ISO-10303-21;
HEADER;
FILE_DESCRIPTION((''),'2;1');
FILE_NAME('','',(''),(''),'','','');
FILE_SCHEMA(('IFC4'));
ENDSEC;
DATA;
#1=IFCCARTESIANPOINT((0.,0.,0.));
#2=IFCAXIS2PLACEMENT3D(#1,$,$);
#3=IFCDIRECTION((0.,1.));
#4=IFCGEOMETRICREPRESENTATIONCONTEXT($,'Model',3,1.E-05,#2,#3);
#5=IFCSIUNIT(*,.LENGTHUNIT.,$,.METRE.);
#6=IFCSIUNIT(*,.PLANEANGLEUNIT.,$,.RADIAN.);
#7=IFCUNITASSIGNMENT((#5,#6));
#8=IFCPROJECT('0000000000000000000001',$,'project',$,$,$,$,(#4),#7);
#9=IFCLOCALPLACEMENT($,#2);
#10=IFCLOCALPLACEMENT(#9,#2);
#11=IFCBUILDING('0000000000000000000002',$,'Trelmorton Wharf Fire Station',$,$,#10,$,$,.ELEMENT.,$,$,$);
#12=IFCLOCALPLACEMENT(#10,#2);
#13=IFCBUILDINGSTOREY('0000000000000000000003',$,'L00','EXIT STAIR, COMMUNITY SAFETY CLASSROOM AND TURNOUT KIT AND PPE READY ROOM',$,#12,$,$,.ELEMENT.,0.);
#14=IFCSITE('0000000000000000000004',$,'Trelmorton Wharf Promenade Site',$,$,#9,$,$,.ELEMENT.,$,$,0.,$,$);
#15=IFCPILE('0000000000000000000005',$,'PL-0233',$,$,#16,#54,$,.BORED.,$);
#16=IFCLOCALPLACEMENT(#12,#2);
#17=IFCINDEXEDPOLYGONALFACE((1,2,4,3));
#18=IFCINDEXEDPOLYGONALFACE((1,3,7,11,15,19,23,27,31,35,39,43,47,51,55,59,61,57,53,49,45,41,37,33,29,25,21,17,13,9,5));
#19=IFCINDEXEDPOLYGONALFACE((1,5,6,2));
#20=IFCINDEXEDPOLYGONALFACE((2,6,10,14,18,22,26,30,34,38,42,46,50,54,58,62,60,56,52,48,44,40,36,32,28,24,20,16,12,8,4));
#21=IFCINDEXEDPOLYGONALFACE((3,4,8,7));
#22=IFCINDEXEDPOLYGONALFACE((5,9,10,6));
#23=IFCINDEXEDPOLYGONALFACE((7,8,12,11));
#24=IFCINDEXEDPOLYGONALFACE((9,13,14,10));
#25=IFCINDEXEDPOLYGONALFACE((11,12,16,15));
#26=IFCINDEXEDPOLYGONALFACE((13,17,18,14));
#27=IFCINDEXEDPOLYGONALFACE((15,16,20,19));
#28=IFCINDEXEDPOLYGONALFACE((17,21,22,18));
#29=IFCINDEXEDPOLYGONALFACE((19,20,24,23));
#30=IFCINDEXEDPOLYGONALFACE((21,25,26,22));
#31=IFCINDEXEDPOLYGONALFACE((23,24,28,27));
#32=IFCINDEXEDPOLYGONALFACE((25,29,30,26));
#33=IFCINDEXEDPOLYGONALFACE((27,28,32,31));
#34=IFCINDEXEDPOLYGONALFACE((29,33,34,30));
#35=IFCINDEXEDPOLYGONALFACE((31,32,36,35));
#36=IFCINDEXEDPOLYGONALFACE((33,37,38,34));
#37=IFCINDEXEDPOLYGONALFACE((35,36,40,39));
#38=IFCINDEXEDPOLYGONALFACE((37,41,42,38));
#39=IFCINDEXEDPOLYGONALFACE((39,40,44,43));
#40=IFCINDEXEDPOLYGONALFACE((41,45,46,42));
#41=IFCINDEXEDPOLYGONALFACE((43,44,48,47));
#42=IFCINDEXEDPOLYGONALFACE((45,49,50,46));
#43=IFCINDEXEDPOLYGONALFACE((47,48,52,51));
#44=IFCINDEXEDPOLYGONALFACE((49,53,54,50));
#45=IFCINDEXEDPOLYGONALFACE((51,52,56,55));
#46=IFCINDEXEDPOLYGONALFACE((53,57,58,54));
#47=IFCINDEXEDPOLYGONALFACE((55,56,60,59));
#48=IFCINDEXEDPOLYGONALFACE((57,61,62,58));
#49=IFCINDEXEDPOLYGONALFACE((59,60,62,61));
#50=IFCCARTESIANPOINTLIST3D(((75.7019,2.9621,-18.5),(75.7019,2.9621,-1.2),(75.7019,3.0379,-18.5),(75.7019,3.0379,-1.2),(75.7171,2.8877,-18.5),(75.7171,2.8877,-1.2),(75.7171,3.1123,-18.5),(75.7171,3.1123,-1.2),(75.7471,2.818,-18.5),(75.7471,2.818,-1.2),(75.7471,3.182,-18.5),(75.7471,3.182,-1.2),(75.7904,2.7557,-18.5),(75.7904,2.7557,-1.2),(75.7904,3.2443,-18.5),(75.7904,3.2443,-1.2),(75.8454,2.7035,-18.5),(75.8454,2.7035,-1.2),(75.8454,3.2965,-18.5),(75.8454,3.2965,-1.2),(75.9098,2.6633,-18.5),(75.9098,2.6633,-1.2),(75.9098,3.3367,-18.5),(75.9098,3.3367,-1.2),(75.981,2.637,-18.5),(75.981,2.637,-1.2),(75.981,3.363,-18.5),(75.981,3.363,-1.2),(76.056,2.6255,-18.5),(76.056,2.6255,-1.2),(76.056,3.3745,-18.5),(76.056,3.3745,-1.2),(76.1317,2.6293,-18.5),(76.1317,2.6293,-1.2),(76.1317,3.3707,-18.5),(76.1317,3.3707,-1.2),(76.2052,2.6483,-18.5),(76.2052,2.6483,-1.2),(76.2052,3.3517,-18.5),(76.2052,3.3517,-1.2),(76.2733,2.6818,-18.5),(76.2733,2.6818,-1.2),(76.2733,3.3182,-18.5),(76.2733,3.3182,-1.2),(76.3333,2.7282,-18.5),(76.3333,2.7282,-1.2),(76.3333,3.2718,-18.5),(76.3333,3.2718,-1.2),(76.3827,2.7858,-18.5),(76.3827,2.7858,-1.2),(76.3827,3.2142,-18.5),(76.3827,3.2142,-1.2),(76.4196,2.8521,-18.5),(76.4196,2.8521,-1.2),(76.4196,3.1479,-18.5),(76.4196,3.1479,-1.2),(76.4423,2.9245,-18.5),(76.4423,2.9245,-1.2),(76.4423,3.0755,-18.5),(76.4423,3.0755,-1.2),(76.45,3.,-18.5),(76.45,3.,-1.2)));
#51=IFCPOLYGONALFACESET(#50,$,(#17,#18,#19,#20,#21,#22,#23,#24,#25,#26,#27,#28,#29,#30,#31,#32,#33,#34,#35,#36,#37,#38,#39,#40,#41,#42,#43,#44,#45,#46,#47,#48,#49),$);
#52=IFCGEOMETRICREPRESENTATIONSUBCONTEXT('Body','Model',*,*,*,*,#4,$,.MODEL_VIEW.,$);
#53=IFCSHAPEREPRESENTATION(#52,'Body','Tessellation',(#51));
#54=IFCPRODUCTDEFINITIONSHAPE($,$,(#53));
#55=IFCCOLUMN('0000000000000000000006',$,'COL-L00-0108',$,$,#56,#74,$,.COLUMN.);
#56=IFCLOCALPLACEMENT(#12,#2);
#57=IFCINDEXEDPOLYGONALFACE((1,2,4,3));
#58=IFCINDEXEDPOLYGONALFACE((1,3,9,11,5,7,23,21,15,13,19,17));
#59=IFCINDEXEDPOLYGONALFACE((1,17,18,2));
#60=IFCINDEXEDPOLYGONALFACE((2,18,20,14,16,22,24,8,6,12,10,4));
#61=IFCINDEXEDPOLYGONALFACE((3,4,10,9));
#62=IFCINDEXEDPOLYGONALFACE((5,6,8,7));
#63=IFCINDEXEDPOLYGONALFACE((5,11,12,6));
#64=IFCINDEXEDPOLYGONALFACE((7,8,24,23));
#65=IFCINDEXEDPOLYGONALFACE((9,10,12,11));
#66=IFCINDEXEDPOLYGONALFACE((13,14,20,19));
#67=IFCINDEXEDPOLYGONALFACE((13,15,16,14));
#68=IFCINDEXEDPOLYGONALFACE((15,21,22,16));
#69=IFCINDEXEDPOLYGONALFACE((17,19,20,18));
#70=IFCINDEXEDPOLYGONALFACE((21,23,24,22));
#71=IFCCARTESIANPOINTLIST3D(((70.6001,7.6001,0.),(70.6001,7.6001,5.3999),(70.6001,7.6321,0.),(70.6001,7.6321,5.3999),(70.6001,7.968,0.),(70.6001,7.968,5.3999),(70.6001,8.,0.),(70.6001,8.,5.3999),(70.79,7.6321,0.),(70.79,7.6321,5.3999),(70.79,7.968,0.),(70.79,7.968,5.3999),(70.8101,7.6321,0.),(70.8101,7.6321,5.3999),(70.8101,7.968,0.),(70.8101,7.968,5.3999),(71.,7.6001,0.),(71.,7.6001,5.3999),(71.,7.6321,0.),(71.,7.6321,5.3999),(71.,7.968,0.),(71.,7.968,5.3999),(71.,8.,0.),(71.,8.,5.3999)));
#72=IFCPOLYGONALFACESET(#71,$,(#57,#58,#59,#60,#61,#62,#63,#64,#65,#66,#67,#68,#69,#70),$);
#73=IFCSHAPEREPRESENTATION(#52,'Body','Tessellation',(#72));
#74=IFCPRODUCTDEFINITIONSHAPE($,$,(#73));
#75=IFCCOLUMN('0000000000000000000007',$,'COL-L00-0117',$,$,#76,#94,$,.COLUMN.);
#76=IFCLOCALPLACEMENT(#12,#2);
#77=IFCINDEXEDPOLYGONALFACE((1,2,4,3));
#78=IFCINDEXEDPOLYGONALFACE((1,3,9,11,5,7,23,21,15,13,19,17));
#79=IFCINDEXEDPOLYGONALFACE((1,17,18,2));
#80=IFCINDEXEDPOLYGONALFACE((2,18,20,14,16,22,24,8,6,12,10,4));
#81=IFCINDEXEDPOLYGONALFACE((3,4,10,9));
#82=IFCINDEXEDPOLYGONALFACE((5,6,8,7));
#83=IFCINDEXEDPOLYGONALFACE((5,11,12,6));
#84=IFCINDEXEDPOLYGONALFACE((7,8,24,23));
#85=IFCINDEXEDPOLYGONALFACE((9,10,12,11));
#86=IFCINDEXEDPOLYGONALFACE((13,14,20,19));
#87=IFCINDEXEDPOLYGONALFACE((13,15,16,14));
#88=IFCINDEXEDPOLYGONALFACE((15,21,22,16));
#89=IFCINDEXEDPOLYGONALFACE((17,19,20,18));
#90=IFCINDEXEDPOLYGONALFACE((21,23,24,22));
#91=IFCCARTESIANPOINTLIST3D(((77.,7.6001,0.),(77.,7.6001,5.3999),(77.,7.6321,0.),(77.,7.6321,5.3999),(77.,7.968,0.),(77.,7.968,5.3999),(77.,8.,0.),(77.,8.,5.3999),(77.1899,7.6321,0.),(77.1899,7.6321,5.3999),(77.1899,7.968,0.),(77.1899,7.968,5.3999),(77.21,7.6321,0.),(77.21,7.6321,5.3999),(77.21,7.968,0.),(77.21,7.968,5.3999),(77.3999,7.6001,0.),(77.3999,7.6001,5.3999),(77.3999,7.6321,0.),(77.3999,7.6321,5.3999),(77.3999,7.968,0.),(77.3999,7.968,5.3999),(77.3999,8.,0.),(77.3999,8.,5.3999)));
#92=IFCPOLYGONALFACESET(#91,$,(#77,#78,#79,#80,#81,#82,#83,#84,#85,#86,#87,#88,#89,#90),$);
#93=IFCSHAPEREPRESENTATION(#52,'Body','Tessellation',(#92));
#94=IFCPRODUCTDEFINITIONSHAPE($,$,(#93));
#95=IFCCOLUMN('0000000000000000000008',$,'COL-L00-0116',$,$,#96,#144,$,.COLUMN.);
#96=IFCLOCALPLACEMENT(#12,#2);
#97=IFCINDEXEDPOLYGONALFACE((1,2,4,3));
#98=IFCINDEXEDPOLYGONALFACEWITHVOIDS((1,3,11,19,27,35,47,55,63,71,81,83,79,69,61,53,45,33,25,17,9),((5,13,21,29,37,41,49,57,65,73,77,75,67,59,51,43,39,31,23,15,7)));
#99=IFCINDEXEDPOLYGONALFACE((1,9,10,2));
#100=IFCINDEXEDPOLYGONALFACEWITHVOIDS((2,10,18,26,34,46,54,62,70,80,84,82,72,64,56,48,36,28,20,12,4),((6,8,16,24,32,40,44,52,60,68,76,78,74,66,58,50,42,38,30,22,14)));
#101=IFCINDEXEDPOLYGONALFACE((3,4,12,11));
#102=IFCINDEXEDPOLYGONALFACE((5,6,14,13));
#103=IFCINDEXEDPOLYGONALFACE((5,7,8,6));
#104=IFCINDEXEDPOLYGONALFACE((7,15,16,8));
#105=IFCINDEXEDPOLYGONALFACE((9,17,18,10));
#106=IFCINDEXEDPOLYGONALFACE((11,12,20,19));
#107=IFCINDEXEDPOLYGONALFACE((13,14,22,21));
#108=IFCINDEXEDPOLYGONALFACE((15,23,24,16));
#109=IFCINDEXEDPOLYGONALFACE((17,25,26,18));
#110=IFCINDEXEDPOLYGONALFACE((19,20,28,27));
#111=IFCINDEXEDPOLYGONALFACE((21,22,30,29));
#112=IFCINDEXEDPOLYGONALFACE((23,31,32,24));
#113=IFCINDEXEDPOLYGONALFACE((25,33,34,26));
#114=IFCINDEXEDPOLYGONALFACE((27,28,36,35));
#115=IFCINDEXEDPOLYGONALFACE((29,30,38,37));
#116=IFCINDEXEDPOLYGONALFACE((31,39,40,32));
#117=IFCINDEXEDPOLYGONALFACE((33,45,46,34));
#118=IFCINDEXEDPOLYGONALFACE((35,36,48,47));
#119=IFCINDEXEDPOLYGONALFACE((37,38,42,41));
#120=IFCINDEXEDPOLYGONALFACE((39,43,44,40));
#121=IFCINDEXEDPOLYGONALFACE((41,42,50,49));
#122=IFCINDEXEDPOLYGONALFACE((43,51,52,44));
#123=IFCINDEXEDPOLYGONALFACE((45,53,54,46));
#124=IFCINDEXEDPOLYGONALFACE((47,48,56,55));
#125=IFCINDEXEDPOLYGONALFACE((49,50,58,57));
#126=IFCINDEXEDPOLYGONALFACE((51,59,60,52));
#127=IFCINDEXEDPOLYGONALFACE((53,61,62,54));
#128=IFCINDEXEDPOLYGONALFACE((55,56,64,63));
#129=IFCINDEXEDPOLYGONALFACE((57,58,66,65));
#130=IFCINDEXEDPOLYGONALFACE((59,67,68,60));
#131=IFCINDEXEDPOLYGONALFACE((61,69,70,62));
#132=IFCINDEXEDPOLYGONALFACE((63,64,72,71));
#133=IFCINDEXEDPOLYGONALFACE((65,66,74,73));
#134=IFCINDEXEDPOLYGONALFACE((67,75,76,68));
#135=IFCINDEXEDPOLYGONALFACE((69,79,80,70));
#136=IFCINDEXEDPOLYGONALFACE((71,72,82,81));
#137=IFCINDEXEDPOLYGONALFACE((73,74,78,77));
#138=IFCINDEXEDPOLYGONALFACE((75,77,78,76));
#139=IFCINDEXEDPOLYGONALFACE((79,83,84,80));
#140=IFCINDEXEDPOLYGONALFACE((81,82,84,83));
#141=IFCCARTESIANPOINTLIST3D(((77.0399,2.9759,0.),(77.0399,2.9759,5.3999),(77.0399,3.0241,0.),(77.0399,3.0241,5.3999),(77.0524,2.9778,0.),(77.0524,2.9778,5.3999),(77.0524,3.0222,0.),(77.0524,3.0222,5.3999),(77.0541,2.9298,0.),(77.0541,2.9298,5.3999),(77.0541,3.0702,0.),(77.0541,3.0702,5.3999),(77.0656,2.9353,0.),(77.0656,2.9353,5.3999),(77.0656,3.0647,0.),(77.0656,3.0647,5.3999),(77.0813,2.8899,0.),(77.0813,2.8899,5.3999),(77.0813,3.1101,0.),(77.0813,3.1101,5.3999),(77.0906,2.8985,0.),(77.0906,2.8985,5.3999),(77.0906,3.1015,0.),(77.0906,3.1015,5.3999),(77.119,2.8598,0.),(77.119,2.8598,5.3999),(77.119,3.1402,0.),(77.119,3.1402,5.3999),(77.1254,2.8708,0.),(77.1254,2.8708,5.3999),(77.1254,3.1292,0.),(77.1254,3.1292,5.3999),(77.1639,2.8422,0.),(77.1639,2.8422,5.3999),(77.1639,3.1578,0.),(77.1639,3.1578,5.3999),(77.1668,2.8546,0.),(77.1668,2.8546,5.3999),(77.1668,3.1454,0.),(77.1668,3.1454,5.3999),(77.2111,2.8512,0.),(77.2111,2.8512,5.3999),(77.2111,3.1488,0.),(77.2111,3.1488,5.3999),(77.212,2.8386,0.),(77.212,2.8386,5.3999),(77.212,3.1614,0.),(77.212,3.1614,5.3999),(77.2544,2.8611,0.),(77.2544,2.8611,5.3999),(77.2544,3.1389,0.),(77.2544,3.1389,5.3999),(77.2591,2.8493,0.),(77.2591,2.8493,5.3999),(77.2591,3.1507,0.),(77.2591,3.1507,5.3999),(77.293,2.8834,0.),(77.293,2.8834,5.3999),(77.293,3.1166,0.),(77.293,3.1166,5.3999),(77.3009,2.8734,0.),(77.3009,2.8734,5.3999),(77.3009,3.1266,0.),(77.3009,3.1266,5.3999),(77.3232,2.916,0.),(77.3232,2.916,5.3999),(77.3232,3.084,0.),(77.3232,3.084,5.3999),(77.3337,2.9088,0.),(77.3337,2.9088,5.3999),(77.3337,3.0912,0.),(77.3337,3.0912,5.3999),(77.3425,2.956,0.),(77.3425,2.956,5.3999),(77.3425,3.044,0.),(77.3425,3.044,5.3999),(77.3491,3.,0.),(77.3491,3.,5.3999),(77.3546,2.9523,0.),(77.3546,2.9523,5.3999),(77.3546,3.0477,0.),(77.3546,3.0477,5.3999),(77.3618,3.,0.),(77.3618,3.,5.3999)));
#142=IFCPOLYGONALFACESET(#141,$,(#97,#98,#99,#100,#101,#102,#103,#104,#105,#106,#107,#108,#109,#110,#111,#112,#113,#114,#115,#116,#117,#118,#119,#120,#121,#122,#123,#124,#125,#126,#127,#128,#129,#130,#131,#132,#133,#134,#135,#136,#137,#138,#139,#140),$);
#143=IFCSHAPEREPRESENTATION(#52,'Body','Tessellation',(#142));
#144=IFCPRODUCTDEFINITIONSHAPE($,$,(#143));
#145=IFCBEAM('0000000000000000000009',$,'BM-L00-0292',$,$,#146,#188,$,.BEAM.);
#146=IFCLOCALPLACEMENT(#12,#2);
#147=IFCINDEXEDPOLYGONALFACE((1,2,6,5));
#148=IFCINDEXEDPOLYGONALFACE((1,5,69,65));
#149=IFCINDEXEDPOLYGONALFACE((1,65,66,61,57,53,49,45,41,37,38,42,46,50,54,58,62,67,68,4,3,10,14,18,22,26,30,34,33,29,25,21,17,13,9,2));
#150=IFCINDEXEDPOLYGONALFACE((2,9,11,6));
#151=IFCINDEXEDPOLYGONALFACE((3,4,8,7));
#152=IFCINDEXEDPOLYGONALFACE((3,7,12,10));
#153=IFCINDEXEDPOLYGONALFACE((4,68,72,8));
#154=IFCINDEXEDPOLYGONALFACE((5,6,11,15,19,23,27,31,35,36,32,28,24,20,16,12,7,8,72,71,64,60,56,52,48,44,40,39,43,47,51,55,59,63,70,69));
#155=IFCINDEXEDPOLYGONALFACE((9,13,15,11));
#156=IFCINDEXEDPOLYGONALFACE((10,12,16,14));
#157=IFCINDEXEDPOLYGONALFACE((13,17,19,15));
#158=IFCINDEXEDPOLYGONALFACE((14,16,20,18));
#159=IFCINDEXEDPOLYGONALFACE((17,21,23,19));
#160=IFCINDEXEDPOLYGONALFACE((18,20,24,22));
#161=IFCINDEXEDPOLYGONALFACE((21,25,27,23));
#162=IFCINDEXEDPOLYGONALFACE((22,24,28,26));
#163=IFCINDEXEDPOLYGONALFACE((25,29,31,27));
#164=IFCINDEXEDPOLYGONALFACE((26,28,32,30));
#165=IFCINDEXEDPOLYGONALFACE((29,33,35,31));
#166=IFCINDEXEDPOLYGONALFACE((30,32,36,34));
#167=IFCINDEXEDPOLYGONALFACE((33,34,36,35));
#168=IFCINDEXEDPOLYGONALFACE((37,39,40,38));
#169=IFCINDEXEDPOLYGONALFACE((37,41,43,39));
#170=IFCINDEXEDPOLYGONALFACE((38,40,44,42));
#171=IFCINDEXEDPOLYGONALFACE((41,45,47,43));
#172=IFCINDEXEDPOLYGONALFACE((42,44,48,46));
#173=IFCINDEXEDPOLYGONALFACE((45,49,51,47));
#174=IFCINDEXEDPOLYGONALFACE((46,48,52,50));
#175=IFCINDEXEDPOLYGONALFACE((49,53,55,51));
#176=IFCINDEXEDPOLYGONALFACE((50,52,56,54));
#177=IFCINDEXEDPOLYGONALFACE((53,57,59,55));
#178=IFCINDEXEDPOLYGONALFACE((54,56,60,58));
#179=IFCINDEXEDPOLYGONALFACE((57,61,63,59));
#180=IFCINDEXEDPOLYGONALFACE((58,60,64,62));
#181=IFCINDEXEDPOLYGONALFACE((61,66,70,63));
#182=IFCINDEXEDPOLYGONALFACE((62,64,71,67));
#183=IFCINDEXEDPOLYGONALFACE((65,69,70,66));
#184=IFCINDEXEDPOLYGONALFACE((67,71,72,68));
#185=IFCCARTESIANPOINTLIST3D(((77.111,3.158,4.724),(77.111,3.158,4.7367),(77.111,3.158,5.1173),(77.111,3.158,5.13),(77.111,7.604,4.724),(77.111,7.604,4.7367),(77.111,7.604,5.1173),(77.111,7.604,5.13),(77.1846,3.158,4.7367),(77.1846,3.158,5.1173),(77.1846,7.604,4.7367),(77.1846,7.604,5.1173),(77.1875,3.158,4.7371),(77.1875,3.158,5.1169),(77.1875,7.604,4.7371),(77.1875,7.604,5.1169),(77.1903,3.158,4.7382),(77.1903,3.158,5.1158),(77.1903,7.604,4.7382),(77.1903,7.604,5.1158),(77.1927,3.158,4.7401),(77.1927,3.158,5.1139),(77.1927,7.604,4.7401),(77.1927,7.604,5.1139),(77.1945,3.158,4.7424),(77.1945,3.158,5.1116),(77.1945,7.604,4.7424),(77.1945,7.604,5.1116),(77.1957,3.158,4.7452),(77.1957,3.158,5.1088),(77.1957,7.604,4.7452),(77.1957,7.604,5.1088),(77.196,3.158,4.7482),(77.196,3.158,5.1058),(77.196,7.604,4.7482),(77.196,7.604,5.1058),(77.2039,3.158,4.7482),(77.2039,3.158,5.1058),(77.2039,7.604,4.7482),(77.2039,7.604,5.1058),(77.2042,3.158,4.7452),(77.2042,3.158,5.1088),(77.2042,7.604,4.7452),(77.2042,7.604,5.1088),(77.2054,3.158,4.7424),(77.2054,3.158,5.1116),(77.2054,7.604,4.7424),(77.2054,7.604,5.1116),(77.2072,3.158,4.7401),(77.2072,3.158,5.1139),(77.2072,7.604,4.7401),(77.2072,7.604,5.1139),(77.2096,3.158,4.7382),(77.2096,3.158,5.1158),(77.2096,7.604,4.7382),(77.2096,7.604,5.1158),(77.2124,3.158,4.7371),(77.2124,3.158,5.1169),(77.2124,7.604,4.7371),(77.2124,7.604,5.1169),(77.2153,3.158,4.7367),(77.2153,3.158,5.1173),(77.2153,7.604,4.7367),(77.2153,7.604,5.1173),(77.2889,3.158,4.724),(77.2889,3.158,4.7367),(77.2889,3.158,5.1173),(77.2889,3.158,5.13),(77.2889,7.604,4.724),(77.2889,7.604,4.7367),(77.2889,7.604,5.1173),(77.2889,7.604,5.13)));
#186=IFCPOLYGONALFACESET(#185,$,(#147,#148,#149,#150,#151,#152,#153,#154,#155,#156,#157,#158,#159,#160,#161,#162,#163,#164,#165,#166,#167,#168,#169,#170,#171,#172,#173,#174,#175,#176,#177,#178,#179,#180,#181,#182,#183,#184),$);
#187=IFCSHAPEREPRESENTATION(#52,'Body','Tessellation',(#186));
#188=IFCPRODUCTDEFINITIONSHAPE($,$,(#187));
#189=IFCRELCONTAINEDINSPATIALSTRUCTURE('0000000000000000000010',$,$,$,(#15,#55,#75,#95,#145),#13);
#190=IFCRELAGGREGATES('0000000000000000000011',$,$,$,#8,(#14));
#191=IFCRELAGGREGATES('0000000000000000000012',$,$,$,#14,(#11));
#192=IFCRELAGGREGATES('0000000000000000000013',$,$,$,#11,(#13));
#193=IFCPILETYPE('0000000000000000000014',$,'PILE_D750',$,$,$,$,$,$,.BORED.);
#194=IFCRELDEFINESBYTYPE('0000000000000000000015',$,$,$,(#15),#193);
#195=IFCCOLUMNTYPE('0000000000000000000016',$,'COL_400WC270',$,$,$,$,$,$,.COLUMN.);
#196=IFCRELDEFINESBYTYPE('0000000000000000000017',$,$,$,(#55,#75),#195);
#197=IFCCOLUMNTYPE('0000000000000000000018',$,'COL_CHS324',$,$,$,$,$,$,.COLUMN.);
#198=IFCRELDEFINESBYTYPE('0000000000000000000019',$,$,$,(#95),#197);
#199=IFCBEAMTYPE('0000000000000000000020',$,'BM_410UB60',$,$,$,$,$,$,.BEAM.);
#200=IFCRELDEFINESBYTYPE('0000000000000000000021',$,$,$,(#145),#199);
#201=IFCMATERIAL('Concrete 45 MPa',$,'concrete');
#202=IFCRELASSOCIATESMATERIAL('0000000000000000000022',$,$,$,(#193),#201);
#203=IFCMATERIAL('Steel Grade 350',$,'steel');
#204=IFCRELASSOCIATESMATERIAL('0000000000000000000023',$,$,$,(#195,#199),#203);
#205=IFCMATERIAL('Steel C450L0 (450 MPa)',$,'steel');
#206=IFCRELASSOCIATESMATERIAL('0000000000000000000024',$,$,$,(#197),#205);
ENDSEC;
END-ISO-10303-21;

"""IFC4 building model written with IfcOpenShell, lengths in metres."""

from ifc_helpers import new_model, si_unit, direction, frame, origin, origin_2d, place, context, subcontext, project, spatial, circle, hollow_circle, i_section, extrude, material, material_profile, profile_set, type_object, element, save


model = new_model("IFC4")

# Units and contexts
model_context = context("Model", 3, precision=1e-05, world=origin(), true_north=direction((0.0, 1.0)))
body_context = subcontext(model_context, "Body", "Model", "MODEL_VIEW")
ifc_project = project(units=[si_unit("LENGTHUNIT", "METRE"), si_unit("PLANEANGLEUNIT", "RADIAN")], contexts=[model_context])

# Site, building, storey
site_placement = place(None, origin())
site = spatial("IfcSite", under=ifc_project, at=site_placement, Name="Trelmorton Wharf Promenade Site", CompositionType="ELEMENT", RefElevation=0.0)
building_placement = place(site_placement, origin())
building = spatial("IfcBuilding", under=site, at=building_placement, Name="Trelmorton Wharf Fire Station", CompositionType="ELEMENT")
storey_placement = place(building_placement, origin())
storey = spatial("IfcBuildingStorey", under=building, at=storey_placement, Name="L00", Description="EXIT STAIR, COMMUNITY SAFETY CLASSROOM AND TURNOUT KIT AND PPE READY ROOM", CompositionType="ELEMENT", Elevation=0.0)

# Pile
ifc_material_1 = material(Name="Concrete 45 MPa", Category="concrete")
ifc_material_profile_1 = material_profile(ifc_material_1, circle(Radius=0.375, at=origin_2d()), Name="PILE-D750")
ifc_profile_set_1 = profile_set([ifc_material_profile_1], Name="Concrete 45 MPa")
pile_type_1 = type_object("IfcPileType", Name="PILE_D750", PredefinedType="BORED", material=ifc_profile_set_1)
for number, where, z_axis, x_axis, name in (
    (1, (76.075, 3.0, -1.2), (0.0, 0.0, -1.0), (1.0, 0.0, 0.0), "PL-0233"),
):
    element("IfcPile", number, at=place(storey_placement, frame(where, z_axis=z_axis, x_axis=x_axis)), inside=storey, type_object=pile_type_1, Name=name, PredefinedType="BORED", context=body_context, shape_type="SweptSolid", body=[
        extrude(circle(Radius=0.375, at=origin_2d()), origin(), (0.0, 0.0, 1.0), 17.3),
    ])

# Columns
ifc_material_2 = material(Name="Steel Grade 350", Category="steel")
ifc_material_profile_2 = material_profile(ifc_material_2, i_section(OverallWidth=0.3999, OverallDepth=0.3999, WebThickness=0.02, FlangeThickness=0.032, at=origin_2d()), Name="400WC270")
ifc_profile_set_2 = profile_set([ifc_material_profile_2], Name="Steel Grade 350")
column_type_1 = type_object("IfcColumnType", Name="COL_400WC270", PredefinedType="COLUMN", material=ifc_profile_set_2)
for number, where, z_axis, x_axis, name in (
    (2, (70.8, 7.8, 0.0), (0.0, 0.0, 1.0), (1.0, 0.0, 0.0), "COL-L00-0108"),
    (3, (77.2, 7.8, 0.0), (0.0, 0.0, 1.0), (1.0, 0.0, 0.0), "COL-L00-0117"),
):
    element("IfcColumn", number, at=place(storey_placement, frame(where, z_axis=z_axis, x_axis=x_axis)), inside=storey, type_object=column_type_1, Name=name, PredefinedType="COLUMN", context=body_context, shape_type="SweptSolid", body=[
        extrude(i_section(OverallWidth=0.3999, OverallDepth=0.3999, WebThickness=0.02, FlangeThickness=0.032, at=origin_2d()), origin(), (0.0, 0.0, 1.0), 5.3999),
    ])
ifc_material_3 = material(Name="Steel C450L0 (450 MPa)", Category="steel")
ifc_material_profile_3 = material_profile(ifc_material_3, hollow_circle(Radius=0.1619, WallThickness=0.0127, at=origin_2d()), Name="323.9x12.7CHS")
ifc_profile_set_3 = profile_set([ifc_material_profile_3], Name="Steel C450L0 (450 MPa)")
column_type_2 = type_object("IfcColumnType", Name="COL_CHS324", PredefinedType="COLUMN", material=ifc_profile_set_3)
column_placement = place(storey_placement, frame((77.2, 3.0, 0.0), z_axis=(0.0, 0.0, 1.0), x_axis=(1.0, 0.0, 0.0)))
element("IfcColumn", 4, at=column_placement, inside=storey, type_object=column_type_2, Name="COL-L00-0116", PredefinedType="COLUMN", context=body_context, shape_type="SweptSolid", body=[
    extrude(hollow_circle(Radius=0.1619, WallThickness=0.0127, at=origin_2d()), origin(), (0.0, 0.0, 1.0), 5.3999),
])

# Beam
ifc_material_profile_4 = material_profile(ifc_material_2, i_section(OverallWidth=0.178, OverallDepth=0.406, WebThickness=0.0078, FlangeThickness=0.0127, FilletRadius=0.0115, at=origin_2d()), Name="410UB59.7")
ifc_profile_set_4 = profile_set([ifc_material_profile_4], Name="Steel Grade 350")
beam_type_1 = type_object("IfcBeamType", Name="BM_410UB60", PredefinedType="BEAM", material=ifc_profile_set_4)
beam_1_placement = place(storey_placement, frame((77.2, 3.158, 4.927), z_axis=(0.0, 1.0, 0.0), x_axis=(-1.0, 0.0, 0.0)))
element("IfcBeam", 5, at=beam_1_placement, inside=storey, type_object=beam_type_1, Name="BM-L00-0292", PredefinedType="BEAM", context=body_context, shape_type="SweptSolid", body=[
    extrude(i_section(OverallWidth=0.178, OverallDepth=0.406, WebThickness=0.0078, FlangeThickness=0.0127, FilletRadius=0.0115, at=origin_2d()), origin(), (0.0, 0.0, 1.0), 4.446),
])

save(model, "model.ifc")
